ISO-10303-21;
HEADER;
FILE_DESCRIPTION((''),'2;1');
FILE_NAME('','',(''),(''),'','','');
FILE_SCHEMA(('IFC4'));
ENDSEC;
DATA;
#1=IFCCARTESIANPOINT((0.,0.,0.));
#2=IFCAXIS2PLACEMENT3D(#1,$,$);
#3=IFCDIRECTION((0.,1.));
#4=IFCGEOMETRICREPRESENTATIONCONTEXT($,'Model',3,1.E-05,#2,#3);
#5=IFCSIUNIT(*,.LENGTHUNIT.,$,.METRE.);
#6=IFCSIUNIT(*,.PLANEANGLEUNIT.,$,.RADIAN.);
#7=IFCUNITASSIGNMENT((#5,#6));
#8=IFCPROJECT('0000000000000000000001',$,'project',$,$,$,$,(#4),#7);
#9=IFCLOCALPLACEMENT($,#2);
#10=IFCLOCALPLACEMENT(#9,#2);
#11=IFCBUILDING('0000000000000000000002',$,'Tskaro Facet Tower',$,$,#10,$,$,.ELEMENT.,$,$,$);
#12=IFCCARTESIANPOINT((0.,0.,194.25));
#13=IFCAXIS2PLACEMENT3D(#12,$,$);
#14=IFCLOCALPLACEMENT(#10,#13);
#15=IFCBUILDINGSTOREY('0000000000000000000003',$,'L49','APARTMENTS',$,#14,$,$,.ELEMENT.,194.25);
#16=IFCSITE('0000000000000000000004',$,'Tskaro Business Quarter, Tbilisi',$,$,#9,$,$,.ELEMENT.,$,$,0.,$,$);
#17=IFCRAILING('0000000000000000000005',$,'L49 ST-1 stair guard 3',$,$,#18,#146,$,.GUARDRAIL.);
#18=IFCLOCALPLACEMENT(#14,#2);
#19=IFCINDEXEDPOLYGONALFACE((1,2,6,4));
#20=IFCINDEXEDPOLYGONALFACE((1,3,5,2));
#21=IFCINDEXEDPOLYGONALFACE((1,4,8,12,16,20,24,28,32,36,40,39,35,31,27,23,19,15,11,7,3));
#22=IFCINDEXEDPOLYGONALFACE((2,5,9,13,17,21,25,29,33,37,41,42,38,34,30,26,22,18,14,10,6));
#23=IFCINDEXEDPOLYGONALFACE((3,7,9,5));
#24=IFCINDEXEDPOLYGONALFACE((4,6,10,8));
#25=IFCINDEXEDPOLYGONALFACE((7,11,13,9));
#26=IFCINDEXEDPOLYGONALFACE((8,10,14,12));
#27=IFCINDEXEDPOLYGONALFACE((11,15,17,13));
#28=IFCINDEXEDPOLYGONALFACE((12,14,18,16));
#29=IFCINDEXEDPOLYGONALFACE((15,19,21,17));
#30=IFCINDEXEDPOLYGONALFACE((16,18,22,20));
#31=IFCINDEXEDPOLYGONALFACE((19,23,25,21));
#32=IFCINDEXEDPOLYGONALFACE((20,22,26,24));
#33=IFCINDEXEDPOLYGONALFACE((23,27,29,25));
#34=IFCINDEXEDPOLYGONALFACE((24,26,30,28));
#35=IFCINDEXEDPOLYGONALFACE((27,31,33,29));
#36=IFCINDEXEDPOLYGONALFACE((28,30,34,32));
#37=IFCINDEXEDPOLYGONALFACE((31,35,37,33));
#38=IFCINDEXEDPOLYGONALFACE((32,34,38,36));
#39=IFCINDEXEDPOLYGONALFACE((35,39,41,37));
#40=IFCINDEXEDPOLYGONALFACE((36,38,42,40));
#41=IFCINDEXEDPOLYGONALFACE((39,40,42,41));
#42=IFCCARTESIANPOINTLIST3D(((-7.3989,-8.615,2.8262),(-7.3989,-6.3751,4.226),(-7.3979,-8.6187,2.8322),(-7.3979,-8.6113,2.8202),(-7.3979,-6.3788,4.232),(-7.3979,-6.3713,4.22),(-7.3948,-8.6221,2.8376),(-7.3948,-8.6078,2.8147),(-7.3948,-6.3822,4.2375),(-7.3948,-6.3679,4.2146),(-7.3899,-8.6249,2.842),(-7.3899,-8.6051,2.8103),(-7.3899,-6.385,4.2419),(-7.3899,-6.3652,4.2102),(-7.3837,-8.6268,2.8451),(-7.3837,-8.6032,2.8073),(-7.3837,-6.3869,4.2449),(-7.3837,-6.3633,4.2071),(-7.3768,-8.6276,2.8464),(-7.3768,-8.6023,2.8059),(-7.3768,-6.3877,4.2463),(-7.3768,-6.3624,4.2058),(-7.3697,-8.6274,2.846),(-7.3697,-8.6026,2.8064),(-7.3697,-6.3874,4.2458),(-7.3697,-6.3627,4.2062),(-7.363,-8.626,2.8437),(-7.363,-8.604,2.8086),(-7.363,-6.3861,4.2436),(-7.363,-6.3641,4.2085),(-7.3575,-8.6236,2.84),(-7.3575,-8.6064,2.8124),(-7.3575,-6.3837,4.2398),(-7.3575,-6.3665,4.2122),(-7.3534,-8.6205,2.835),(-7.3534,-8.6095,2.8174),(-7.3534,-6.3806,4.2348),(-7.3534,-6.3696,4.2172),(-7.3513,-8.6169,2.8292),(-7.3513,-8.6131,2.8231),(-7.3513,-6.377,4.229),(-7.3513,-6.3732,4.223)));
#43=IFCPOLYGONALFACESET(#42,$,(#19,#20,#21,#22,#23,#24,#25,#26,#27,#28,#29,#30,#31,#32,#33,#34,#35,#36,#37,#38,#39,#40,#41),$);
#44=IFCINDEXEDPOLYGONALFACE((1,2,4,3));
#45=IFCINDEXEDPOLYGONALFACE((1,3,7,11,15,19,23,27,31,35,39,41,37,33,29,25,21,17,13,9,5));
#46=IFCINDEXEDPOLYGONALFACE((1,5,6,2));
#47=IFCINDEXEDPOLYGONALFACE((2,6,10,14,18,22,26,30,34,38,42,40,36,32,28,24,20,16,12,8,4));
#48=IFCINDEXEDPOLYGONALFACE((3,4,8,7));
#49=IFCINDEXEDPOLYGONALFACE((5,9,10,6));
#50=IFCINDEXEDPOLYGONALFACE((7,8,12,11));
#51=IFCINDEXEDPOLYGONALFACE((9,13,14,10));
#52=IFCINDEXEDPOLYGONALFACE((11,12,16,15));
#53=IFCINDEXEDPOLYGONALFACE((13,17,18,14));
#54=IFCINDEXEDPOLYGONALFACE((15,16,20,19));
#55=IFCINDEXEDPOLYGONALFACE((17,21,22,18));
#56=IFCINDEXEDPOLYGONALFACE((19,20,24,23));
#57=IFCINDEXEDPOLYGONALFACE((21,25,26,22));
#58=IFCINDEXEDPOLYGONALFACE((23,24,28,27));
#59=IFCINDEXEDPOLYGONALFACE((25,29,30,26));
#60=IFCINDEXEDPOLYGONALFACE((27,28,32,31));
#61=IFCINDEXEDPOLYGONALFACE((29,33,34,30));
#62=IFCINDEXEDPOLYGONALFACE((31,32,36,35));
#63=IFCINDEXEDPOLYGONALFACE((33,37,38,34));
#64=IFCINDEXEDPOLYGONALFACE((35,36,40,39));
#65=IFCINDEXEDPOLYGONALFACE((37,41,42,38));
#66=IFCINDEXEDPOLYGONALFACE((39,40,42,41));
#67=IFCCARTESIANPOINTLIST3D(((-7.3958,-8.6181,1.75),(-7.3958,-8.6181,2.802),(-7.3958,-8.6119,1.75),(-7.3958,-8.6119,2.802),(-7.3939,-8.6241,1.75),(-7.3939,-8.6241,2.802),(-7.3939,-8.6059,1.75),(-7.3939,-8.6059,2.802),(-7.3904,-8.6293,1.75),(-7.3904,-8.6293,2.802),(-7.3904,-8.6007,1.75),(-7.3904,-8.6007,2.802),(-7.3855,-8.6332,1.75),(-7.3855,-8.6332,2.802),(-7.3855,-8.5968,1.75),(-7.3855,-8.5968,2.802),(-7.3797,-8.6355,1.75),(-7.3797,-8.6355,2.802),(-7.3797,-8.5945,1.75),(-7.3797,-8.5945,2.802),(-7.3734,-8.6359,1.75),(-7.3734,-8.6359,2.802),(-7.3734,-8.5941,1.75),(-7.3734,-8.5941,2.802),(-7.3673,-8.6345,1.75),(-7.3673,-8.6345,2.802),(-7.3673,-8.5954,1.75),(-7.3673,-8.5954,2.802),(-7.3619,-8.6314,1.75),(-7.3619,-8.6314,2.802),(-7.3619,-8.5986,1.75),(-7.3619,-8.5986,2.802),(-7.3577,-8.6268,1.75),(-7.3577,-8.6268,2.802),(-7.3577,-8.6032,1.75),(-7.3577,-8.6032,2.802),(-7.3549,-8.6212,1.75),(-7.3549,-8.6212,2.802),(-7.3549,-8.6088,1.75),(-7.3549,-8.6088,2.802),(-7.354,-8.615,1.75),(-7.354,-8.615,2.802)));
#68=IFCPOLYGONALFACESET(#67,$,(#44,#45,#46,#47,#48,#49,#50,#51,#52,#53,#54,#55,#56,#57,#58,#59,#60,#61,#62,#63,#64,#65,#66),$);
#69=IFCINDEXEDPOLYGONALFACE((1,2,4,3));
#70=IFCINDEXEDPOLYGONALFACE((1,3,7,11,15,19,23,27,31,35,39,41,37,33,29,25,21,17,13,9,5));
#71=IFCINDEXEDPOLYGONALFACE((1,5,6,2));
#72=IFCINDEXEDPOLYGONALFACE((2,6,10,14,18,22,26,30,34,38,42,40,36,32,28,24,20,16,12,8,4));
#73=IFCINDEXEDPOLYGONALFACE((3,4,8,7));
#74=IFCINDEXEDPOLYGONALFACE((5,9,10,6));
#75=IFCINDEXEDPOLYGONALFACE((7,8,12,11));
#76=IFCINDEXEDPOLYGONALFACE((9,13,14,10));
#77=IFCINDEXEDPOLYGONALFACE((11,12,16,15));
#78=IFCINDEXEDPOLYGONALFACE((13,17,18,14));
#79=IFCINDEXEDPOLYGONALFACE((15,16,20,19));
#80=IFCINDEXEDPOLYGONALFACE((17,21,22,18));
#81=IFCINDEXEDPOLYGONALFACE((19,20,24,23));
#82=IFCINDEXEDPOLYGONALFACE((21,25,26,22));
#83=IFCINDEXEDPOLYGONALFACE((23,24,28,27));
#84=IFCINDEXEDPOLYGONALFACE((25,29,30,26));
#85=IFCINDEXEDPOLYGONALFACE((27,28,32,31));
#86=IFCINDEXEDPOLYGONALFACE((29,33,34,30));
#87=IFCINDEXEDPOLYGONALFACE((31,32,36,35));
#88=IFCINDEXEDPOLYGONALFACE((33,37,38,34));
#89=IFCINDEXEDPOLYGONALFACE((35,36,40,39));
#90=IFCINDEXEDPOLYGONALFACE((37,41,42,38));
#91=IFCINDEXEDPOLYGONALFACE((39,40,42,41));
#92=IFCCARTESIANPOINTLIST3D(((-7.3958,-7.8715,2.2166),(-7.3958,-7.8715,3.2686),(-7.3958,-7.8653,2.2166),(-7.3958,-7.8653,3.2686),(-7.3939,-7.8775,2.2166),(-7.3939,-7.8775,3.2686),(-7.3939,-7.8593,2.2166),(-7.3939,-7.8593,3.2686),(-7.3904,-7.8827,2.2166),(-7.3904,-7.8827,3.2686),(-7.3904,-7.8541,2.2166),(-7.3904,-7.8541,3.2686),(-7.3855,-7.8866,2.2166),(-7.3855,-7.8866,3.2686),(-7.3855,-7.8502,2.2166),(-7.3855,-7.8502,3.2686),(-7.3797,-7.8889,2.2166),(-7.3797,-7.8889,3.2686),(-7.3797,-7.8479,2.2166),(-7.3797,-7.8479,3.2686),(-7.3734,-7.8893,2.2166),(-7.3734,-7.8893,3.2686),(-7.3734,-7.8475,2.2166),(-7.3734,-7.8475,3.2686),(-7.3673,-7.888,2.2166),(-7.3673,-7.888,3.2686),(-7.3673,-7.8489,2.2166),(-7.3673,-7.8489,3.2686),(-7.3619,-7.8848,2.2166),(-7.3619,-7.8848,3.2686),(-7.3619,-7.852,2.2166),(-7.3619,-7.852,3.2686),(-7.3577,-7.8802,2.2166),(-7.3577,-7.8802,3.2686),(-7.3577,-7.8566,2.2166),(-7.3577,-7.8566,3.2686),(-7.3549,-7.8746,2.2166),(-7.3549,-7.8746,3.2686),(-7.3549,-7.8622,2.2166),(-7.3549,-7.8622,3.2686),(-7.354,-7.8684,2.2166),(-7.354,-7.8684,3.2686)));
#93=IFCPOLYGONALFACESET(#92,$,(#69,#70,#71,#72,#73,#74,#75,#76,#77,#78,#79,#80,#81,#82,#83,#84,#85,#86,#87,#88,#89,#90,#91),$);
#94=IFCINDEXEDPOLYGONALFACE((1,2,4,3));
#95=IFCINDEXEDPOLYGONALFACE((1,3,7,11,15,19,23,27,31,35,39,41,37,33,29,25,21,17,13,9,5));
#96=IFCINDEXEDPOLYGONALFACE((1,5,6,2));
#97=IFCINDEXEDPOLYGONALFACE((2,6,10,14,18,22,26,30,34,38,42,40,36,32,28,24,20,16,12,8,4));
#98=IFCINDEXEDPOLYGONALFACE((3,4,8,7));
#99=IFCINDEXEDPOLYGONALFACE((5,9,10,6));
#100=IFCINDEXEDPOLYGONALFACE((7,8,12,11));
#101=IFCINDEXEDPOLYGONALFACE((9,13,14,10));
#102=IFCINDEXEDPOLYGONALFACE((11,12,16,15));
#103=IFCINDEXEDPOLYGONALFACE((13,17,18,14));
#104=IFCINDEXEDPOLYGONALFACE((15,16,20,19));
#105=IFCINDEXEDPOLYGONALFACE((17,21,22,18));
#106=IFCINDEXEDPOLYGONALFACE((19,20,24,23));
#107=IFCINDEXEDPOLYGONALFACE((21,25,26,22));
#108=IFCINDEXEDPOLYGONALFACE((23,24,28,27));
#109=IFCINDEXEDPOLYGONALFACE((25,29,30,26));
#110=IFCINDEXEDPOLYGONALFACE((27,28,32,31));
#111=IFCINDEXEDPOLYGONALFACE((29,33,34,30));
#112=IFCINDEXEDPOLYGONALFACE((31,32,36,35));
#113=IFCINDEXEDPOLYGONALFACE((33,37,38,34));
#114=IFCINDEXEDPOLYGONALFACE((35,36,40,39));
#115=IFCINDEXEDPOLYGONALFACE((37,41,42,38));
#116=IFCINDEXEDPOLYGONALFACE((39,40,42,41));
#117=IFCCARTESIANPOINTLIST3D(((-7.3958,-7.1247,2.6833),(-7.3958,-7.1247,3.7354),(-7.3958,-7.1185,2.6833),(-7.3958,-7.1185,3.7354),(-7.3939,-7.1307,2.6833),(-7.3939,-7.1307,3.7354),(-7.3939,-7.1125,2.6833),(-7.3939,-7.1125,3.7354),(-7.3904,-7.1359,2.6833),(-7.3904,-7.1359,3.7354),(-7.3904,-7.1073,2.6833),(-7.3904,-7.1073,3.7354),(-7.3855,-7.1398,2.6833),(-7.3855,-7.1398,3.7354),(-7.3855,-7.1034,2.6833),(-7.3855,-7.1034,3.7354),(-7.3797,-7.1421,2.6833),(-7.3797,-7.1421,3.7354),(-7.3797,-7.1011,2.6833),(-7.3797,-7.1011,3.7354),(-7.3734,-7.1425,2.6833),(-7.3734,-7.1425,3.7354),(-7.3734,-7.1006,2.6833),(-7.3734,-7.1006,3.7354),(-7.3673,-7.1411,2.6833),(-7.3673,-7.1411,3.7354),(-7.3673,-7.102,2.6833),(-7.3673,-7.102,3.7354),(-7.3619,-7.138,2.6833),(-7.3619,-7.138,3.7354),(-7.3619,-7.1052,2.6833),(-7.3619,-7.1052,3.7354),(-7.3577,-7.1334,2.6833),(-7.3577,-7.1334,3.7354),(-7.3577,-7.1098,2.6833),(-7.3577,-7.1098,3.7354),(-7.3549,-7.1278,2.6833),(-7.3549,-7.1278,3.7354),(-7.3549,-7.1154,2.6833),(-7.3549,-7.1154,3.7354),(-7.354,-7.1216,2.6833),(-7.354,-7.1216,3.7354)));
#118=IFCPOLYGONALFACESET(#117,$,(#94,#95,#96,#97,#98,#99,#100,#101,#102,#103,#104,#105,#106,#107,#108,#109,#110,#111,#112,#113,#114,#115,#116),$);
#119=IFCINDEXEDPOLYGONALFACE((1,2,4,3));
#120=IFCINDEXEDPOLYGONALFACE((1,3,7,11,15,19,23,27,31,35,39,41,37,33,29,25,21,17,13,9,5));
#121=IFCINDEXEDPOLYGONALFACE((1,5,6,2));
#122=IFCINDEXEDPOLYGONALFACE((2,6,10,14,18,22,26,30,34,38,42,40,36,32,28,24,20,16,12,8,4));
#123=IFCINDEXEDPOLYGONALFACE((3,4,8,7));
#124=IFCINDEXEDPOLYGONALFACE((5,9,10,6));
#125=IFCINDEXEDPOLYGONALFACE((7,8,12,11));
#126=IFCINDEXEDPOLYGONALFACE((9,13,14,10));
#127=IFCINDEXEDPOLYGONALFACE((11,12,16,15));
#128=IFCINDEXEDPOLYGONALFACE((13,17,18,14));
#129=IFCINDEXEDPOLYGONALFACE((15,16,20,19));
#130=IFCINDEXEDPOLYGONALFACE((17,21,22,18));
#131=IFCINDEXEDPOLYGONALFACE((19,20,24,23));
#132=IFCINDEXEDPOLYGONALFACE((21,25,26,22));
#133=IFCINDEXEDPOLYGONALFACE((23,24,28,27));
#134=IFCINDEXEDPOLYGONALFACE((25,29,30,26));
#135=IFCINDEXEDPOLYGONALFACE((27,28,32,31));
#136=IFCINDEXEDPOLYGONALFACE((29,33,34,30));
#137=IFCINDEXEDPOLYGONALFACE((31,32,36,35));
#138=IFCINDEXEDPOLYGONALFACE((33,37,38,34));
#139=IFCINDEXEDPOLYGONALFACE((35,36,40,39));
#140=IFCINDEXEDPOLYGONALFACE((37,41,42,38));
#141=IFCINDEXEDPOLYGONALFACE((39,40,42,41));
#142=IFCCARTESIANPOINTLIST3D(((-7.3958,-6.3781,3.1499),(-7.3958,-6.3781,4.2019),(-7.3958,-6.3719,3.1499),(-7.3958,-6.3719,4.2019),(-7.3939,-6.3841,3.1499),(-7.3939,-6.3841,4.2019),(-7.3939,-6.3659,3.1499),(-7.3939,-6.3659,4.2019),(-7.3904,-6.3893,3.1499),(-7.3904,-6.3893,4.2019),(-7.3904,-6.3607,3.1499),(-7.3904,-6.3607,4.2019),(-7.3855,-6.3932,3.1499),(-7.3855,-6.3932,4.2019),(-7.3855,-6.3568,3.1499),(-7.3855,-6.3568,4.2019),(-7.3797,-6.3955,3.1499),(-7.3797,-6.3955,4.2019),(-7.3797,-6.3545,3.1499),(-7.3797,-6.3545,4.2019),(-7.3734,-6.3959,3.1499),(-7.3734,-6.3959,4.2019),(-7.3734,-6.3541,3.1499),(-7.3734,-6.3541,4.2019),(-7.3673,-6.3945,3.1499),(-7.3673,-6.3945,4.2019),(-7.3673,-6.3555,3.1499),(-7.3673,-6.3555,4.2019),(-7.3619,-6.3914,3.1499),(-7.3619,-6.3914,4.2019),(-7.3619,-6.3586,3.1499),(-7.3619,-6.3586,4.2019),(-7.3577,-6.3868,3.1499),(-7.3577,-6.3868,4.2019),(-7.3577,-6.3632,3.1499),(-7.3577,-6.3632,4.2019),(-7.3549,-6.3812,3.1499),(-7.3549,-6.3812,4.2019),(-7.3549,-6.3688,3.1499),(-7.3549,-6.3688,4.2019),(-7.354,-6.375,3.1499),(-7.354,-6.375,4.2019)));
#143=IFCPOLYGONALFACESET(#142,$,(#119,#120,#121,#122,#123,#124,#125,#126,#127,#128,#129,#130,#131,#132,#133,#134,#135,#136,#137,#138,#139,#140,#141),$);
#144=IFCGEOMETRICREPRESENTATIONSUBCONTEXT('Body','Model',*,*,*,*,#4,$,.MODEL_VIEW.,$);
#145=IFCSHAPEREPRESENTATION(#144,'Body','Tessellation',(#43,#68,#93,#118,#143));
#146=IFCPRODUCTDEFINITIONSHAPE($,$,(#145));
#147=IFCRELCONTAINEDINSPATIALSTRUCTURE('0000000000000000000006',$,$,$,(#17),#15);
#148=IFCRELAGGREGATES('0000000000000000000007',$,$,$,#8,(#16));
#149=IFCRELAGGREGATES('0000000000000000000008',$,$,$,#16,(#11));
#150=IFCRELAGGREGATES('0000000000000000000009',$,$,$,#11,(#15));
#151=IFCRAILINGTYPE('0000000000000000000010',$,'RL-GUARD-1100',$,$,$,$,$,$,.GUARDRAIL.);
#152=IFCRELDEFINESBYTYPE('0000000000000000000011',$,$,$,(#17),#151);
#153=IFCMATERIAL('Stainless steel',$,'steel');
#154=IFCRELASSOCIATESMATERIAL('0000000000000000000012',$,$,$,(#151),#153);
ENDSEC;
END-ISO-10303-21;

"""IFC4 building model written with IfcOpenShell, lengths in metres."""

from ifc_helpers import new_model, si_unit, direction, frame, origin, origin_2d, place, context, subcontext, project, spatial, circle, extrude, material, type_object, element, save


model = new_model("IFC4")

# Units and contexts
model_context = context("Model", 3, precision=1e-05, world=origin(), true_north=direction((0.0, 1.0)))
body_context = subcontext(model_context, "Body", "Model", "MODEL_VIEW")
ifc_project = project(units=[si_unit("LENGTHUNIT", "METRE"), si_unit("PLANEANGLEUNIT", "RADIAN")], contexts=[model_context])

# Site, building, storey
site_placement = place(None, origin())
site = spatial("IfcSite", under=ifc_project, at=site_placement, Name="Tskaro Business Quarter, Tbilisi", CompositionType="ELEMENT", RefElevation=0.0)
building_placement = place(site_placement, origin())
building = spatial("IfcBuilding", under=site, at=building_placement, Name="Tskaro Facet Tower", CompositionType="ELEMENT")
storey_placement = place(building_placement, frame((0.0, 0.0, 194.25)))
storey = spatial("IfcBuildingStorey", under=building, at=storey_placement, Name="L49", Description="APARTMENTS", CompositionType="ELEMENT", Elevation=194.25)

# Shared definitions
ifc_material_1 = material(Name="Stainless steel", Category="steel")

# Railing
railing_type_1 = type_object("IfcRailingType", Name="RL-GUARD-1100", PredefinedType="GUARDRAIL", material=ifc_material_1)
railing_1_placement = place(storey_placement, frame((-7.375, -8.615, 1.75)))
element("IfcRailing", 1, at=railing_1_placement, inside=storey, type_object=railing_type_1, Name="L49 ST-1 stair guard 3", PredefinedType="GUARDRAIL", context=body_context, shape_type="SweptSolid", body=[
    extrude(circle(Radius=0.0239, at=origin_2d()), frame((0.0, 0.0, 1.0762), z_axis=(0.0, 0.848014, 0.529974), x_axis=(-1.0, 0.0, 0.0)), (0.0, 0.0, 1.0), 2.6414),
    extrude(circle(Radius=0.021, at=origin_2d()), origin(), (0.0, 0.0, 1.0), 1.052),
    extrude(circle(Radius=0.021, at=origin_2d()), frame((0.0, 0.7466, 0.4666)), (0.0, 0.0, 1.0), 1.052),
    extrude(circle(Radius=0.021, at=origin_2d()), frame((0.0, 1.4934, 0.9333)), (0.0, 0.0, 1.0), 1.052),
    extrude(circle(Radius=0.021, at=origin_2d()), frame((0.0, 2.24, 1.3999)), (0.0, 0.0, 1.0), 1.052),
])

save(model, "model.ifc")
